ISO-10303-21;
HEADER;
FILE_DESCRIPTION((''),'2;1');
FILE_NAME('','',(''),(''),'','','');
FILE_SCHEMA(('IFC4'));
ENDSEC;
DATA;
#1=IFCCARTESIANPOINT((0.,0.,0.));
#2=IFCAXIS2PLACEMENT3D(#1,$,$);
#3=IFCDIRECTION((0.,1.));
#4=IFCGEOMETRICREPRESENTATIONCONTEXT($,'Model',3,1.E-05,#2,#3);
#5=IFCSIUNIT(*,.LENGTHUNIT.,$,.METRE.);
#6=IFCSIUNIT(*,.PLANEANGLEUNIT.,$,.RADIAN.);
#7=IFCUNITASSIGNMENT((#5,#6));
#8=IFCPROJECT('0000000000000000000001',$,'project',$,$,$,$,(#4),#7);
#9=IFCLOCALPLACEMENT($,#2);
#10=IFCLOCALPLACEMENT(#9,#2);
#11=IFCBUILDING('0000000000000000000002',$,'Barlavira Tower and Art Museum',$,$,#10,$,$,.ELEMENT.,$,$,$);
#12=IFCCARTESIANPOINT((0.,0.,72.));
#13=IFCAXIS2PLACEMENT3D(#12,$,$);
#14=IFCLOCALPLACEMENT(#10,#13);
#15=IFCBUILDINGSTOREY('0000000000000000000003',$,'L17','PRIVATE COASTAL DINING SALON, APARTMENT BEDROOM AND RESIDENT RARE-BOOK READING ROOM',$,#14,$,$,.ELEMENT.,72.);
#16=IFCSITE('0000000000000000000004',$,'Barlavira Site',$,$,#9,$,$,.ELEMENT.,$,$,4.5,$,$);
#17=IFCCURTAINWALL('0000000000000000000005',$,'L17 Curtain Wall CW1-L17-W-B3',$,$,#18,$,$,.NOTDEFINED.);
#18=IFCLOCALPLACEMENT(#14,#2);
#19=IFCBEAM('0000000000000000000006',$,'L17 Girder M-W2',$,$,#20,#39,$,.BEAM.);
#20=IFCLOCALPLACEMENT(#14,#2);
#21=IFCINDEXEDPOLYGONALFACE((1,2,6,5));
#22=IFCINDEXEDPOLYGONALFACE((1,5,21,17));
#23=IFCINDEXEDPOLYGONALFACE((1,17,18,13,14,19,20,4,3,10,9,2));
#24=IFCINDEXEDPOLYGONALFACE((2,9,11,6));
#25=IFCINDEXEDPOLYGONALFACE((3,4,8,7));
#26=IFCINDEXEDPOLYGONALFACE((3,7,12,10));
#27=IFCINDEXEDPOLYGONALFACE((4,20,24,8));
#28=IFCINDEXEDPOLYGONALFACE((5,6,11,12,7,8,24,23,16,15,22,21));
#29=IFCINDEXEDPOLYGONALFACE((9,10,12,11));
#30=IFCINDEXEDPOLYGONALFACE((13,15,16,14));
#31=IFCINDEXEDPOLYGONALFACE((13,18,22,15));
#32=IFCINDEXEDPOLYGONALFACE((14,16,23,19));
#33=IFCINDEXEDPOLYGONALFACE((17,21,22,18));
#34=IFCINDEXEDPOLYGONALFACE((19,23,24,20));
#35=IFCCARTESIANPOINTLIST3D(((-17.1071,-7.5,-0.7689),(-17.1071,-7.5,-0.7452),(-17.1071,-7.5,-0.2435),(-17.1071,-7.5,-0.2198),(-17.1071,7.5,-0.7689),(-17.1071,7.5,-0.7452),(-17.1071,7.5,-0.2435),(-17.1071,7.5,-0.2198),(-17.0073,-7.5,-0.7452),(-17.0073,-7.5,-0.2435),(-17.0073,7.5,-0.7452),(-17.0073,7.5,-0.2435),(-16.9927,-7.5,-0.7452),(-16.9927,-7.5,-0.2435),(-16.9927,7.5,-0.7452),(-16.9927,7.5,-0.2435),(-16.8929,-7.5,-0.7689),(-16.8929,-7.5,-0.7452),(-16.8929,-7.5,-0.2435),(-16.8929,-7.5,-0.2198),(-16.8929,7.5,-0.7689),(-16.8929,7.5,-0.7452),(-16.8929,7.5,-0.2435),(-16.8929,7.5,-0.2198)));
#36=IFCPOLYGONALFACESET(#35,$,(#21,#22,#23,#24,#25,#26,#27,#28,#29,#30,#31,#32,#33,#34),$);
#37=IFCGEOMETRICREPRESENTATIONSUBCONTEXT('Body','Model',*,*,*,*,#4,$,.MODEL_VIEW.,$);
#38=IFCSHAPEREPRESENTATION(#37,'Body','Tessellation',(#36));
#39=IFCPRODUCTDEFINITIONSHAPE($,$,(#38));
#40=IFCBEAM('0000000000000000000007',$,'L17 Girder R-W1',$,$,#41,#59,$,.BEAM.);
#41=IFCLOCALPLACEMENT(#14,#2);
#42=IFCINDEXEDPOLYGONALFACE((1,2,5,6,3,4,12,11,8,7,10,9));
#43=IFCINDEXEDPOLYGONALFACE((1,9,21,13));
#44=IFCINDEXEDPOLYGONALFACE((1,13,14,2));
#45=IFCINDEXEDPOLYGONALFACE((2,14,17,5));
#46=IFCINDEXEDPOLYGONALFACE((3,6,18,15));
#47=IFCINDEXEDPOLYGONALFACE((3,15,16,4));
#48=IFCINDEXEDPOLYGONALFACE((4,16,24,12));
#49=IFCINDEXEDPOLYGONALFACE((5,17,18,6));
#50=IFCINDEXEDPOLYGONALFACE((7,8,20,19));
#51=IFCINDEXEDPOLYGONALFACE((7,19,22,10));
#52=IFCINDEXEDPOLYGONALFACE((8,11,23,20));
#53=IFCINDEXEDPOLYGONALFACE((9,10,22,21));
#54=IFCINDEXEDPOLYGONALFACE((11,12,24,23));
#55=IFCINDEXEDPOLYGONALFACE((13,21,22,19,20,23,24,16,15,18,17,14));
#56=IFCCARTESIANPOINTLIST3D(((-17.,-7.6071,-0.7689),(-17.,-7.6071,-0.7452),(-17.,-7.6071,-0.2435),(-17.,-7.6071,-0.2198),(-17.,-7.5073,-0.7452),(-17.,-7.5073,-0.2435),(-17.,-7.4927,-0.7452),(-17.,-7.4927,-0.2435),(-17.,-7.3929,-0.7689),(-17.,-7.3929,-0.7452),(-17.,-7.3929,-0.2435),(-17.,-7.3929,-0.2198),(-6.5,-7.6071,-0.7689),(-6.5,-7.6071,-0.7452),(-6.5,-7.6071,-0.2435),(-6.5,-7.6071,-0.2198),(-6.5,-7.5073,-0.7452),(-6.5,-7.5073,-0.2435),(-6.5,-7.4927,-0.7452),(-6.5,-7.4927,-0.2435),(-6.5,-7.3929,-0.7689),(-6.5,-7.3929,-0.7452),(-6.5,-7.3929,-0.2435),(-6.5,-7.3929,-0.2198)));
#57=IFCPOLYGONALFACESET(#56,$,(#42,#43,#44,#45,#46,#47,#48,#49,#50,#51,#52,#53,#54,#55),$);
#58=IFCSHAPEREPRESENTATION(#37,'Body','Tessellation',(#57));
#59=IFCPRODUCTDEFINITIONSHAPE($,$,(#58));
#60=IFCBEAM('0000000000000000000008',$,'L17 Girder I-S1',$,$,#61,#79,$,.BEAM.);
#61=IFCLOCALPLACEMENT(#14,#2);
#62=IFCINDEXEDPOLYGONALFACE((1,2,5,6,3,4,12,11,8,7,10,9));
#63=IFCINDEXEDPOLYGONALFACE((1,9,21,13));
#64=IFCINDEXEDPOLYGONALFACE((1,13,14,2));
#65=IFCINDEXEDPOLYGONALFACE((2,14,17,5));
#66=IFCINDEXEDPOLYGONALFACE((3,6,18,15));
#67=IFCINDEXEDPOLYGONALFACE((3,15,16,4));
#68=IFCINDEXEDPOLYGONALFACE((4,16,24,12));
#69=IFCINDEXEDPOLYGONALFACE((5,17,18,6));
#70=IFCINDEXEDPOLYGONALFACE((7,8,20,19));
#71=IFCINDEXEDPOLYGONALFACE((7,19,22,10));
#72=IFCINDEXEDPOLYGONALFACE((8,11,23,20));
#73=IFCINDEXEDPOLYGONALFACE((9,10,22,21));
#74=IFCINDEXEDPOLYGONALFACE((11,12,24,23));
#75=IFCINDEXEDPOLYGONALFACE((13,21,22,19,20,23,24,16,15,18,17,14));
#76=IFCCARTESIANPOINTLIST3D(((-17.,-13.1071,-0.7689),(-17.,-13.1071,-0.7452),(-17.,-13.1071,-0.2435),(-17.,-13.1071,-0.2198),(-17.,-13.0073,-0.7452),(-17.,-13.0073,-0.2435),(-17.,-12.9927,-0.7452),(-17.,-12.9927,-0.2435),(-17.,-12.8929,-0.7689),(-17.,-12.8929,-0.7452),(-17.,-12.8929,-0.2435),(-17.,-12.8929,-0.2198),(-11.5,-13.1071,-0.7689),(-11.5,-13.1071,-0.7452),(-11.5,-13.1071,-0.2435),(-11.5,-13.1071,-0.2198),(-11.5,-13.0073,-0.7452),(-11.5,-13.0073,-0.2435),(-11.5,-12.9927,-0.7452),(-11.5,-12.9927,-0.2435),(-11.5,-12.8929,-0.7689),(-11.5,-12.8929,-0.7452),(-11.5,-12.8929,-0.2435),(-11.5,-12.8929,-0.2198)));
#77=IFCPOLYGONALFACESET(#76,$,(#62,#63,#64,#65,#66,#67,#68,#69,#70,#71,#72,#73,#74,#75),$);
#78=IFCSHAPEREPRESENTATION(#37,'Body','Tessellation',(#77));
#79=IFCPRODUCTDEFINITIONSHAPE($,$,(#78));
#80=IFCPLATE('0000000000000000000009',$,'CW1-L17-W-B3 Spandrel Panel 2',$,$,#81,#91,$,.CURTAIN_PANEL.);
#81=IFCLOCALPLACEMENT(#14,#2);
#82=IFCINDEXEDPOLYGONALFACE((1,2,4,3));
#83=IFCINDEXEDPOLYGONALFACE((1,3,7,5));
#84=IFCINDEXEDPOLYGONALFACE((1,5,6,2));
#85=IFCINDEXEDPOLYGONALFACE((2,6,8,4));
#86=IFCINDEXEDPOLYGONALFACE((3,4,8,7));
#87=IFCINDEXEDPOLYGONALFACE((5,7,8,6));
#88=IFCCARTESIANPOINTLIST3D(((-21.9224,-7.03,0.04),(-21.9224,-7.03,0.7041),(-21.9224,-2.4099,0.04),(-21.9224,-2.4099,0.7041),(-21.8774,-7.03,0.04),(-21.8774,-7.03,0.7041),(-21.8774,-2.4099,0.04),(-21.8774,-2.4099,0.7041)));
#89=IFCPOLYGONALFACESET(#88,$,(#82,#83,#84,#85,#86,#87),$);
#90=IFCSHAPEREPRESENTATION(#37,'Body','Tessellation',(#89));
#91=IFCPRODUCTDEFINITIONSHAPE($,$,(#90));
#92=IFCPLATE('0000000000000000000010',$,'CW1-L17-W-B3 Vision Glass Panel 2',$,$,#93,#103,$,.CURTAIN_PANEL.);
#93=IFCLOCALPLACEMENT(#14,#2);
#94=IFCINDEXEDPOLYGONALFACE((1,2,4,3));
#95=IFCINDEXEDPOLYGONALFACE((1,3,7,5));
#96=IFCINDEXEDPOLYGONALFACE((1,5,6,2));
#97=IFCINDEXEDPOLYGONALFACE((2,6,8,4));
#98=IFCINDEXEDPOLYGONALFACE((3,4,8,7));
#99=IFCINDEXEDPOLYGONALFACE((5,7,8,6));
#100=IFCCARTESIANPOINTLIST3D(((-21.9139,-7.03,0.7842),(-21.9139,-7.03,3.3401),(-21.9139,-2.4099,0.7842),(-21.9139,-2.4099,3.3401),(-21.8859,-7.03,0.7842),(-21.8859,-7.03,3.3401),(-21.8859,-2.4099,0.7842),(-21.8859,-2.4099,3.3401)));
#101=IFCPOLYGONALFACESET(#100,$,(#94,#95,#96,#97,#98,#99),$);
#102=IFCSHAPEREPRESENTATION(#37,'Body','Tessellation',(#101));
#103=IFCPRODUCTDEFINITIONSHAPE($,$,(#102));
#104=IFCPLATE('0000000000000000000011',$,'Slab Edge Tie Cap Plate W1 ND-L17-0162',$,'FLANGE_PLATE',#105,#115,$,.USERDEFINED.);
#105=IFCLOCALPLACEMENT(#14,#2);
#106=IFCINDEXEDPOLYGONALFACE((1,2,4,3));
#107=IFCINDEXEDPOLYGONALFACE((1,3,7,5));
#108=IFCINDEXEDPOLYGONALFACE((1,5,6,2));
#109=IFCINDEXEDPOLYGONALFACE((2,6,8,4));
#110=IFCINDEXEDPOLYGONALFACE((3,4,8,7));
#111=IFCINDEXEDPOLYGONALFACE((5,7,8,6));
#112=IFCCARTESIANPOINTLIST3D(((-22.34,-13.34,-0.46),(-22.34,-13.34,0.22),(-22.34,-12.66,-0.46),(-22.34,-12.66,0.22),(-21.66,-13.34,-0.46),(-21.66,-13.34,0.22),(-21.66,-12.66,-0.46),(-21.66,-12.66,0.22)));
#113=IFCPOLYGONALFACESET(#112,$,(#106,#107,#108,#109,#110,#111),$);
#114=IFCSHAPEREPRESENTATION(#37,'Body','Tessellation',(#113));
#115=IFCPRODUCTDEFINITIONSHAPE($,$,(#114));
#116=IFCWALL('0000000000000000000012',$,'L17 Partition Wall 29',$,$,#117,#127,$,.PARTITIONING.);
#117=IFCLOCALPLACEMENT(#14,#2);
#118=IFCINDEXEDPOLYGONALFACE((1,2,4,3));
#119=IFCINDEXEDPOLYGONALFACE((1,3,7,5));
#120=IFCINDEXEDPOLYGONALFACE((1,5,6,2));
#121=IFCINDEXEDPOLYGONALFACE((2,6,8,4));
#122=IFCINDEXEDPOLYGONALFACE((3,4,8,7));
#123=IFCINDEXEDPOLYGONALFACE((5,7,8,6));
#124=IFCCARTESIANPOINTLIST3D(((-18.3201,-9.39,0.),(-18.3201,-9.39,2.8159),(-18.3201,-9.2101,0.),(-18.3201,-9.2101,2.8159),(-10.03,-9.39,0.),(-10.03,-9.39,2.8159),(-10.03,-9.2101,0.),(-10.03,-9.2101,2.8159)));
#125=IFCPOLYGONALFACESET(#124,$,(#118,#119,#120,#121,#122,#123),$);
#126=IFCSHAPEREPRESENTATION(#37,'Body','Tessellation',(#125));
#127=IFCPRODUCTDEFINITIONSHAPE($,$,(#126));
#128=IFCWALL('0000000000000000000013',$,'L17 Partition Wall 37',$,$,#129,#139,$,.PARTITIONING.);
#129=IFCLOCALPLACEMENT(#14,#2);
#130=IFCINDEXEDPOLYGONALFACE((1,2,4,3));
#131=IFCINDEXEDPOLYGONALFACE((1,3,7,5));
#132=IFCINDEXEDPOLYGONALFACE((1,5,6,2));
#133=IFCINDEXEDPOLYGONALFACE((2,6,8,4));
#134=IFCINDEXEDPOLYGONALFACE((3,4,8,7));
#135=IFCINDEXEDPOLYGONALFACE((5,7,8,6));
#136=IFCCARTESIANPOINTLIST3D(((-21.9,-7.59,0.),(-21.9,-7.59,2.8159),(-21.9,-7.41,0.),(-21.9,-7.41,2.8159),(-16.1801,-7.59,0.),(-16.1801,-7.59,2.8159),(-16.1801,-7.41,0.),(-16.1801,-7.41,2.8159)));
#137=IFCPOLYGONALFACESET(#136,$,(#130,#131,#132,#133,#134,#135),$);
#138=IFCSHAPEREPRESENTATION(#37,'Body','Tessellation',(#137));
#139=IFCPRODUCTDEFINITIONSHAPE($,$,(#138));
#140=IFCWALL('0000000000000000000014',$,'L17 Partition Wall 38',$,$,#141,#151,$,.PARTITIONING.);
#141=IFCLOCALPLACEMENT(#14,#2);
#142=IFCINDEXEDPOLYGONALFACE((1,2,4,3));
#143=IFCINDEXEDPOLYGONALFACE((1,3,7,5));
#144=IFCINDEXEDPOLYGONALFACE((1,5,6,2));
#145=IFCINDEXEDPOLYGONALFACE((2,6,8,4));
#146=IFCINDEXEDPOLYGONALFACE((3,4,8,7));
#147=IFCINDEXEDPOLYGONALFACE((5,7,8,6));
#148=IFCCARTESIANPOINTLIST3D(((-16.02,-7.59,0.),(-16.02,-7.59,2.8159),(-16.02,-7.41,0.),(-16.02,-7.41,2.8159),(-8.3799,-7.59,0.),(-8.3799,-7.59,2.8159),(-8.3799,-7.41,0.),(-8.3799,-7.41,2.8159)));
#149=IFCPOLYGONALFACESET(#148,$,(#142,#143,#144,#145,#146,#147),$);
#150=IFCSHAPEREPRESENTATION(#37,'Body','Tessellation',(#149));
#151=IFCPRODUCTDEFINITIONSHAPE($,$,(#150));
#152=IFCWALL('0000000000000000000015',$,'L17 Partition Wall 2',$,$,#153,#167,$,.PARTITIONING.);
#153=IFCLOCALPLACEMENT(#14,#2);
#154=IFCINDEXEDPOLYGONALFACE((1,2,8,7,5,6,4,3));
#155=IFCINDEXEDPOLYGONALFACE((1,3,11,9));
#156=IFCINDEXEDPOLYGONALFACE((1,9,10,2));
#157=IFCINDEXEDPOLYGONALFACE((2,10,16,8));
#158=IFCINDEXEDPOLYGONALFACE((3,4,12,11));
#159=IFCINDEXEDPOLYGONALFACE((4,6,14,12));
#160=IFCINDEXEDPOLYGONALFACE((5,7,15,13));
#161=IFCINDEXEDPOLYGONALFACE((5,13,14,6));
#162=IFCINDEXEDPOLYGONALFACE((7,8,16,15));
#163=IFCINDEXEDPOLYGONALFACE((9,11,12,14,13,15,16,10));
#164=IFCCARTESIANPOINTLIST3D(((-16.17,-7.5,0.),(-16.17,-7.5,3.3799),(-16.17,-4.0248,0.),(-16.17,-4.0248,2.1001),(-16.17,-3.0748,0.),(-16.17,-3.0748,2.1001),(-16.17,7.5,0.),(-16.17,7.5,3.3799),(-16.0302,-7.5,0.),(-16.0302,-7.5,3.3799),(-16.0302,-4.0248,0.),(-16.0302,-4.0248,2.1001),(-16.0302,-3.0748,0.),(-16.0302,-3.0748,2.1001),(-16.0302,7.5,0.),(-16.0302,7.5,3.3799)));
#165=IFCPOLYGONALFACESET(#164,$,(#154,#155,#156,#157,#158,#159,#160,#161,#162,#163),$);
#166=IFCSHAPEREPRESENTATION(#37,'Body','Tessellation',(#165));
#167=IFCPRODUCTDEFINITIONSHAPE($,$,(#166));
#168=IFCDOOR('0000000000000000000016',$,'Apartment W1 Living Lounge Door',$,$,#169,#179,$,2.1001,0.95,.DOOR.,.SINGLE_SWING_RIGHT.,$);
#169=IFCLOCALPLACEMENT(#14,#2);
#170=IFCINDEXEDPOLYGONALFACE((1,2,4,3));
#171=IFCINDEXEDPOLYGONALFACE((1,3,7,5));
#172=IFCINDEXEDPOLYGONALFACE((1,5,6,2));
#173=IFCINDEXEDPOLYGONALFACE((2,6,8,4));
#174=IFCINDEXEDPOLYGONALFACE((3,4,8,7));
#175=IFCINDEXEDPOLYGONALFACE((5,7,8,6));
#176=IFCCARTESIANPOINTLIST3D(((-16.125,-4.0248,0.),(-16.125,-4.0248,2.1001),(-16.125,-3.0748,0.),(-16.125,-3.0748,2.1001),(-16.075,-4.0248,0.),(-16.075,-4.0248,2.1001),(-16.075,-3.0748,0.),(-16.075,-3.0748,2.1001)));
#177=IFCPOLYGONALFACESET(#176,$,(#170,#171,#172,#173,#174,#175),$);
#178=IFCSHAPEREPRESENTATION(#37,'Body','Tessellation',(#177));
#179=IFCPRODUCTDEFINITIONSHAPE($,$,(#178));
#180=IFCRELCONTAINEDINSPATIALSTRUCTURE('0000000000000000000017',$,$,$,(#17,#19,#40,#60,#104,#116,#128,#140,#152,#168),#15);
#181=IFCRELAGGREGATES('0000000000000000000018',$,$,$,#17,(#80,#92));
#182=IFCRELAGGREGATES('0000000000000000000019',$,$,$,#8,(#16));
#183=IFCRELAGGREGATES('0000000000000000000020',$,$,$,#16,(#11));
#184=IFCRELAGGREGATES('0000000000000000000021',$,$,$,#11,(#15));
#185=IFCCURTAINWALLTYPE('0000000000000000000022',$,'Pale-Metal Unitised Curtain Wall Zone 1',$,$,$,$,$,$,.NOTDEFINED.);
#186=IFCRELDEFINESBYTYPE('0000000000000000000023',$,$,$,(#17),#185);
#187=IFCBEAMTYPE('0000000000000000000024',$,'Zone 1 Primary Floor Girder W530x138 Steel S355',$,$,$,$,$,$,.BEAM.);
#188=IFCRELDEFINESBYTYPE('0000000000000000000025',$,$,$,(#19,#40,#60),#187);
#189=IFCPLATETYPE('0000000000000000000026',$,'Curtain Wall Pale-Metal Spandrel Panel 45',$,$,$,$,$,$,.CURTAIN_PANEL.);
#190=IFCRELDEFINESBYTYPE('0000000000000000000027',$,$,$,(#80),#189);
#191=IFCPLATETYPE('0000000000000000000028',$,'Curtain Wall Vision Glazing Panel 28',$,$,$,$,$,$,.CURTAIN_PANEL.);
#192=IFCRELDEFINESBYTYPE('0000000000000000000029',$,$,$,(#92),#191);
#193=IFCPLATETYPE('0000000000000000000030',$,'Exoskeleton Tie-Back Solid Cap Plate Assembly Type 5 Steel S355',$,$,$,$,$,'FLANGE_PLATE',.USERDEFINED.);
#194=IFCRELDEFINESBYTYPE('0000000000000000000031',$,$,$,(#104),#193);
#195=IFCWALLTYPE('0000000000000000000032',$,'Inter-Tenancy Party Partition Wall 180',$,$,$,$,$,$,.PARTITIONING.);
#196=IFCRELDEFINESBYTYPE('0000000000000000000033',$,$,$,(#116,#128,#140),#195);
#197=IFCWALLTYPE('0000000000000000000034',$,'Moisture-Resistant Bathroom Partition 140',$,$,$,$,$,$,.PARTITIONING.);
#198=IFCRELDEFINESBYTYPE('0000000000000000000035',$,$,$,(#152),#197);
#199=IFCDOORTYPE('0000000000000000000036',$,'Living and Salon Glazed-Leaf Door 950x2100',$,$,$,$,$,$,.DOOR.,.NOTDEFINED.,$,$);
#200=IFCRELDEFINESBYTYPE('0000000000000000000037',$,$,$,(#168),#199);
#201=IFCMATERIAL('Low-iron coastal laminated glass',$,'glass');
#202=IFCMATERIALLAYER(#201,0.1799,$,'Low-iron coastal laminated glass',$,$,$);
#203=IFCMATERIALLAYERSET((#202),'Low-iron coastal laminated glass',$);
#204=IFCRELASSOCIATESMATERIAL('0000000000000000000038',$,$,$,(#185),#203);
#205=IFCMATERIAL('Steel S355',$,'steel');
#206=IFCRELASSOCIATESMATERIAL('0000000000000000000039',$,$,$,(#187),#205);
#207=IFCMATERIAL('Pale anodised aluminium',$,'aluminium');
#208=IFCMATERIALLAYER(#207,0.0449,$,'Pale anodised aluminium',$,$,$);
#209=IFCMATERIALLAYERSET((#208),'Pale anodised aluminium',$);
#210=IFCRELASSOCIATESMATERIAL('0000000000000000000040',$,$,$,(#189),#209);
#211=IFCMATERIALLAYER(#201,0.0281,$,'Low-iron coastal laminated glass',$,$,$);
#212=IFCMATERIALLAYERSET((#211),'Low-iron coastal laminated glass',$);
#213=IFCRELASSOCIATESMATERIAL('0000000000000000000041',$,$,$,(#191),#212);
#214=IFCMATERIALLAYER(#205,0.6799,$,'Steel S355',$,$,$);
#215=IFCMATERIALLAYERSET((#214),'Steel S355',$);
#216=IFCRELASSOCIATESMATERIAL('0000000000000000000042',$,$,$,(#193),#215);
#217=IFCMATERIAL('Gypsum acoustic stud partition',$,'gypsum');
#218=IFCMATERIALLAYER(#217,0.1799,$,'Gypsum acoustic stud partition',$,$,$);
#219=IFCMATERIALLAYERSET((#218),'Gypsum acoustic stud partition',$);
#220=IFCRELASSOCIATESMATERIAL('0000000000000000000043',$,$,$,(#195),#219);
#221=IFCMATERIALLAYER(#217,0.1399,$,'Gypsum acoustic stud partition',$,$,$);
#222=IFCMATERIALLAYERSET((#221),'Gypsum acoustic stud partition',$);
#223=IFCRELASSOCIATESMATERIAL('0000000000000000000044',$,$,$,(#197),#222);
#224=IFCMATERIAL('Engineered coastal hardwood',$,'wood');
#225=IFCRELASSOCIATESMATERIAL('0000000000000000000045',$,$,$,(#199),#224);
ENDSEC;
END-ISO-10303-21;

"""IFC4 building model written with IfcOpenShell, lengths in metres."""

from ifc_helpers import new_model, si_unit, direction, frame, frame_2d, origin, origin_2d, place, context, subcontext, project, spatial, rectangle, i_section, extrude, material, layer, layer_set, material_profile, profile_set, type_object, element, fill, aggregate, save


model = new_model("IFC4")

# Units and contexts
model_context = context("Model", 3, precision=1e-05, world=origin(), true_north=direction((0.0, 1.0)))
body_context = subcontext(model_context, "Body", "Model", "MODEL_VIEW")
ifc_project = project(units=[si_unit("LENGTHUNIT", "METRE"), si_unit("PLANEANGLEUNIT", "RADIAN")], contexts=[model_context])

# Site, building, storey
site_placement = place(None, origin())
site = spatial("IfcSite", under=ifc_project, at=site_placement, Name="Barlavira Site", CompositionType="ELEMENT", RefElevation=4.5)
building_placement = place(site_placement, origin())
building = spatial("IfcBuilding", under=site, at=building_placement, Name="Barlavira Tower and Art Museum", CompositionType="ELEMENT")
storey_placement = place(building_placement, frame((0.0, 0.0, 72.0)))
storey = spatial("IfcBuildingStorey", under=building, at=storey_placement, Name="L17", Description="PRIVATE COASTAL DINING SALON, APARTMENT BEDROOM AND RESIDENT RARE-BOOK READING ROOM", CompositionType="ELEMENT", Elevation=72.0)

# Curtain wall
ifc_material_1 = material(Name="Low-iron coastal laminated glass", Category="glass")
ifc_layer_1 = layer(ifc_material_1, 0.1799, Name="Low-iron coastal laminated glass")
ifc_layer_set_1 = layer_set([ifc_layer_1], Name="Low-iron coastal laminated glass")
curtain_wall_type = type_object("IfcCurtainWallType", Name="Pale-Metal Unitised Curtain Wall Zone 1", PredefinedType="NOTDEFINED", material=ifc_layer_set_1)
curtain_wall_placement = place(storey_placement, origin())
curtain_wall = element("IfcCurtainWall", 1, at=curtain_wall_placement, inside=storey, type_object=curtain_wall_type, Name="L17 Curtain Wall CW1-L17-W-B3", PredefinedType="NOTDEFINED")
ifc_material_2 = material(Name="Pale anodised aluminium", Category="aluminium")

# Beams
ifc_material_3 = material(Name="Steel S355", Category="steel")
ifc_material_profile_1 = material_profile(ifc_material_3, i_section(OverallWidth=0.2141, OverallDepth=0.5491, WebThickness=0.0146, FlangeThickness=0.0237, at=origin_2d()), Name="W530x138.0")
ifc_profile_set_1 = profile_set([ifc_material_profile_1], Name="Steel S355")
beam_type_1 = type_object("IfcBeamType", Name="Zone 1 Primary Floor Girder W530x138 Steel S355", PredefinedType="BEAM", material=ifc_profile_set_1)
beam_1_placement = place(storey_placement, frame((-17.0, -7.5, -0.4944), z_axis=(0.0, 1.0, 0.0), x_axis=(-1.0, 0.0, 0.0)))
element("IfcBeam", 2, at=beam_1_placement, inside=storey, type_object=beam_type_1, Name="L17 Girder M-W2", PredefinedType="BEAM", context=body_context, shape_type="SweptSolid", body=[
    extrude(i_section(OverallWidth=0.2141, OverallDepth=0.5491, WebThickness=0.0146, FlangeThickness=0.0237, at=origin_2d()), origin(), (0.0, 0.0, 1.0), 15.0),
])
beam_2_placement = place(storey_placement, frame((-17.0, -7.5, -0.4944), z_axis=(1.0, 0.0, 0.0), x_axis=(0.0, 1.0, 0.0)))
element("IfcBeam", 3, at=beam_2_placement, inside=storey, type_object=beam_type_1, Name="L17 Girder R-W1", PredefinedType="BEAM", context=body_context, shape_type="SweptSolid", body=[
    extrude(i_section(OverallWidth=0.2141, OverallDepth=0.5491, WebThickness=0.0146, FlangeThickness=0.0237, at=origin_2d()), origin(), (0.0, 0.0, 1.0), 10.5),
])
beam_3_placement = place(storey_placement, frame((-17.0, -13.0, -0.4944), z_axis=(1.0, 0.0, 0.0), x_axis=(0.0, 1.0, 0.0)))
element("IfcBeam", 4, at=beam_3_placement, inside=storey, type_object=beam_type_1, Name="L17 Girder I-S1", PredefinedType="BEAM", context=body_context, shape_type="SweptSolid", body=[
    extrude(i_section(OverallWidth=0.2141, OverallDepth=0.5491, WebThickness=0.0146, FlangeThickness=0.0237, at=origin_2d()), origin(), (0.0, 0.0, 1.0), 5.5),
])

# Plates
ifc_layer_2 = layer(ifc_material_2, 0.0449, Name="Pale anodised aluminium")
ifc_layer_set_2 = layer_set([ifc_layer_2], Name="Pale anodised aluminium")
plate_type_1 = type_object("IfcPlateType", Name="Curtain Wall Pale-Metal Spandrel Panel 45", PredefinedType="CURTAIN_PANEL", material=ifc_layer_set_2)
plate_1_placement = place(storey_placement, frame((-21.8999, -4.72, 0.04), z_axis=(0.0, 0.0, 1.0), x_axis=(0.0, -1.0, 0.0)))
plate_1 = element("IfcPlate", 5, at=plate_1_placement, type_object=plate_type_1, Name="CW1-L17-W-B3 Spandrel Panel 2", PredefinedType="CURTAIN_PANEL", context=body_context, shape_type="SweptSolid", body=[
    extrude(rectangle(XDim=4.6201, YDim=0.0449, at=origin_2d()), origin(), (0.0, 0.0, 1.0), 0.6641),
])
ifc_layer_3 = layer(ifc_material_1, 0.0281, Name="Low-iron coastal laminated glass")
ifc_layer_set_3 = layer_set([ifc_layer_3], Name="Low-iron coastal laminated glass")
plate_type_2 = type_object("IfcPlateType", Name="Curtain Wall Vision Glazing Panel 28", PredefinedType="CURTAIN_PANEL", material=ifc_layer_set_3)
plate_2_placement = place(storey_placement, frame((-21.8999, -4.72, 0.7842), z_axis=(0.0, 0.0, 1.0), x_axis=(0.0, -1.0, 0.0)))
plate_2 = element("IfcPlate", 6, at=plate_2_placement, type_object=plate_type_2, Name="CW1-L17-W-B3 Vision Glass Panel 2", PredefinedType="CURTAIN_PANEL", context=body_context, shape_type="SweptSolid", body=[
    extrude(rectangle(XDim=4.6201, YDim=0.0281, at=origin_2d()), origin(), (0.0, 0.0, 1.0), 2.5559),
])
aggregate(curtain_wall, [plate_1, plate_2])
ifc_layer_4 = layer(ifc_material_3, 0.6799, Name="Steel S355")
ifc_layer_set_4 = layer_set([ifc_layer_4], Name="Steel S355")
plate_type_3 = type_object("IfcPlateType", Name="Exoskeleton Tie-Back Solid Cap Plate Assembly Type 5 Steel S355", ElementType="FLANGE_PLATE", PredefinedType="USERDEFINED", material=ifc_layer_set_4)
plate_3_placement = place(storey_placement, frame((-22.0, -13.0, -0.46), z_axis=(0.0, 0.0, 1.0), x_axis=(1.0, 0.0, 0.0)))
element("IfcPlate", 7, at=plate_3_placement, inside=storey, type_object=plate_type_3, Name="Slab Edge Tie Cap Plate W1 ND-L17-0162", ObjectType="FLANGE_PLATE", PredefinedType="USERDEFINED", context=body_context, shape_type="SweptSolid", body=[
    extrude(rectangle(XDim=0.6799, YDim=0.6799, at=origin_2d()), origin(), (0.0, 0.0, 1.0), 0.6799),
])

# Walls
ifc_material_4 = material(Name="Gypsum acoustic stud partition", Category="gypsum")
ifc_layer_5 = layer(ifc_material_4, 0.1799, Name="Gypsum acoustic stud partition")
ifc_layer_set_5 = layer_set([ifc_layer_5], Name="Gypsum acoustic stud partition")
wall_type_1 = type_object("IfcWallType", Name="Inter-Tenancy Party Partition Wall 180", PredefinedType="PARTITIONING", material=ifc_layer_set_5)
wall_1_placement = place(storey_placement, frame((-18.3201, -9.3, 0.0), z_axis=(0.0, 0.0, 1.0), x_axis=(1.0, 0.0, 0.0)))
element("IfcWall", 8, at=wall_1_placement, inside=storey, type_object=wall_type_1, Name="L17 Partition Wall 29", PredefinedType="PARTITIONING", context=body_context, shape_type="SweptSolid", body=[
    extrude(rectangle(XDim=8.29, YDim=0.1799, at=frame_2d((4.145, 0.0))), origin(), (0.0, 0.0, 1.0), 2.8159),
])
wall_2_placement = place(storey_placement, frame((-21.8999, -7.5, 0.0), z_axis=(0.0, 0.0, 1.0), x_axis=(1.0, 0.0, 0.0)))
element("IfcWall", 9, at=wall_2_placement, inside=storey, type_object=wall_type_1, Name="L17 Partition Wall 37", PredefinedType="PARTITIONING", context=body_context, shape_type="SweptSolid", body=[
    extrude(rectangle(XDim=5.72, YDim=0.1799, at=frame_2d((2.8599, 0.0))), origin(), (0.0, 0.0, 1.0), 2.8159),
])
wall_3_placement = place(storey_placement, frame((-16.02, -7.5, 0.0), z_axis=(0.0, 0.0, 1.0), x_axis=(1.0, 0.0, 0.0)))
element("IfcWall", 10, at=wall_3_placement, inside=storey, type_object=wall_type_1, Name="L17 Partition Wall 38", PredefinedType="PARTITIONING", context=body_context, shape_type="SweptSolid", body=[
    extrude(rectangle(XDim=7.6401, YDim=0.1799, at=frame_2d((3.8201, 0.0))), origin(), (0.0, 0.0, 1.0), 2.8159),
])

# Wall, opening, door
ifc_layer_6 = layer(ifc_material_4, 0.1399, Name="Gypsum acoustic stud partition")
ifc_layer_set_6 = layer_set([ifc_layer_6], Name="Gypsum acoustic stud partition")
wall_type_2 = type_object("IfcWallType", Name="Moisture-Resistant Bathroom Partition 140", PredefinedType="PARTITIONING", material=ifc_layer_set_6)
wall_4_placement = place(storey_placement, frame((-16.1001, -7.5, 0.0), z_axis=(0.0, 0.0, 1.0), x_axis=(0.0, 1.0, 0.0)))
wall_4 = element("IfcWall", 11, at=wall_4_placement, inside=storey, type_object=wall_type_2, Name="L17 Partition Wall 2", PredefinedType="PARTITIONING", context=body_context, shape_type="SweptSolid", body=[
    extrude(rectangle(XDim=15.0, YDim=0.1399, at=frame_2d((7.5, 0.0))), origin(), (0.0, 0.0, 1.0), 3.3799),
])
opening_1_placement = place(wall_4_placement, frame((3.4751, 0.0, 0.0)))
opening_1 = element("IfcOpeningElement", 12, at=opening_1_placement, cuts=wall_4, PredefinedType="OPENING", context=body_context, shape_type="SweptSolid", body=[
    extrude(rectangle(XDim=0.95, YDim=2.1001, at=frame_2d((0.4751, 1.05))), frame((0.0, 0.0801, 0.0), z_axis=(0.0, -1.0, 0.0), x_axis=(1.0, 0.0, 0.0)), (0.0, 0.0, 1.0), 0.1599),
])
ifc_material_5 = material(Name="Engineered coastal hardwood", Category="wood")
door_type_1 = type_object("IfcDoorType", Name="Living and Salon Glazed-Leaf Door 950x2100", OperationType="NOTDEFINED", PredefinedType="DOOR", material=ifc_material_5)
door_1_placement = place(opening_1_placement, origin())
door_1 = element("IfcDoor", 13, at=door_1_placement, inside=storey, type_object=door_type_1, Name="Apartment W1 Living Lounge Door", OperationType="SINGLE_SWING_RIGHT", OverallHeight=2.1001, OverallWidth=0.95, PredefinedType="DOOR", context=body_context, shape_type="SweptSolid", body=[
    extrude(rectangle(XDim=0.95, YDim=2.1001, at=frame_2d((0.4751, 1.05))), frame((0.0, 0.0249, 0.0), z_axis=(0.0, -1.0, 0.0), x_axis=(1.0, 0.0, 0.0)), (0.0, 0.0, 1.0), 0.05),
])
fill(opening_1, door_1)

save(model, "model.ifc")
